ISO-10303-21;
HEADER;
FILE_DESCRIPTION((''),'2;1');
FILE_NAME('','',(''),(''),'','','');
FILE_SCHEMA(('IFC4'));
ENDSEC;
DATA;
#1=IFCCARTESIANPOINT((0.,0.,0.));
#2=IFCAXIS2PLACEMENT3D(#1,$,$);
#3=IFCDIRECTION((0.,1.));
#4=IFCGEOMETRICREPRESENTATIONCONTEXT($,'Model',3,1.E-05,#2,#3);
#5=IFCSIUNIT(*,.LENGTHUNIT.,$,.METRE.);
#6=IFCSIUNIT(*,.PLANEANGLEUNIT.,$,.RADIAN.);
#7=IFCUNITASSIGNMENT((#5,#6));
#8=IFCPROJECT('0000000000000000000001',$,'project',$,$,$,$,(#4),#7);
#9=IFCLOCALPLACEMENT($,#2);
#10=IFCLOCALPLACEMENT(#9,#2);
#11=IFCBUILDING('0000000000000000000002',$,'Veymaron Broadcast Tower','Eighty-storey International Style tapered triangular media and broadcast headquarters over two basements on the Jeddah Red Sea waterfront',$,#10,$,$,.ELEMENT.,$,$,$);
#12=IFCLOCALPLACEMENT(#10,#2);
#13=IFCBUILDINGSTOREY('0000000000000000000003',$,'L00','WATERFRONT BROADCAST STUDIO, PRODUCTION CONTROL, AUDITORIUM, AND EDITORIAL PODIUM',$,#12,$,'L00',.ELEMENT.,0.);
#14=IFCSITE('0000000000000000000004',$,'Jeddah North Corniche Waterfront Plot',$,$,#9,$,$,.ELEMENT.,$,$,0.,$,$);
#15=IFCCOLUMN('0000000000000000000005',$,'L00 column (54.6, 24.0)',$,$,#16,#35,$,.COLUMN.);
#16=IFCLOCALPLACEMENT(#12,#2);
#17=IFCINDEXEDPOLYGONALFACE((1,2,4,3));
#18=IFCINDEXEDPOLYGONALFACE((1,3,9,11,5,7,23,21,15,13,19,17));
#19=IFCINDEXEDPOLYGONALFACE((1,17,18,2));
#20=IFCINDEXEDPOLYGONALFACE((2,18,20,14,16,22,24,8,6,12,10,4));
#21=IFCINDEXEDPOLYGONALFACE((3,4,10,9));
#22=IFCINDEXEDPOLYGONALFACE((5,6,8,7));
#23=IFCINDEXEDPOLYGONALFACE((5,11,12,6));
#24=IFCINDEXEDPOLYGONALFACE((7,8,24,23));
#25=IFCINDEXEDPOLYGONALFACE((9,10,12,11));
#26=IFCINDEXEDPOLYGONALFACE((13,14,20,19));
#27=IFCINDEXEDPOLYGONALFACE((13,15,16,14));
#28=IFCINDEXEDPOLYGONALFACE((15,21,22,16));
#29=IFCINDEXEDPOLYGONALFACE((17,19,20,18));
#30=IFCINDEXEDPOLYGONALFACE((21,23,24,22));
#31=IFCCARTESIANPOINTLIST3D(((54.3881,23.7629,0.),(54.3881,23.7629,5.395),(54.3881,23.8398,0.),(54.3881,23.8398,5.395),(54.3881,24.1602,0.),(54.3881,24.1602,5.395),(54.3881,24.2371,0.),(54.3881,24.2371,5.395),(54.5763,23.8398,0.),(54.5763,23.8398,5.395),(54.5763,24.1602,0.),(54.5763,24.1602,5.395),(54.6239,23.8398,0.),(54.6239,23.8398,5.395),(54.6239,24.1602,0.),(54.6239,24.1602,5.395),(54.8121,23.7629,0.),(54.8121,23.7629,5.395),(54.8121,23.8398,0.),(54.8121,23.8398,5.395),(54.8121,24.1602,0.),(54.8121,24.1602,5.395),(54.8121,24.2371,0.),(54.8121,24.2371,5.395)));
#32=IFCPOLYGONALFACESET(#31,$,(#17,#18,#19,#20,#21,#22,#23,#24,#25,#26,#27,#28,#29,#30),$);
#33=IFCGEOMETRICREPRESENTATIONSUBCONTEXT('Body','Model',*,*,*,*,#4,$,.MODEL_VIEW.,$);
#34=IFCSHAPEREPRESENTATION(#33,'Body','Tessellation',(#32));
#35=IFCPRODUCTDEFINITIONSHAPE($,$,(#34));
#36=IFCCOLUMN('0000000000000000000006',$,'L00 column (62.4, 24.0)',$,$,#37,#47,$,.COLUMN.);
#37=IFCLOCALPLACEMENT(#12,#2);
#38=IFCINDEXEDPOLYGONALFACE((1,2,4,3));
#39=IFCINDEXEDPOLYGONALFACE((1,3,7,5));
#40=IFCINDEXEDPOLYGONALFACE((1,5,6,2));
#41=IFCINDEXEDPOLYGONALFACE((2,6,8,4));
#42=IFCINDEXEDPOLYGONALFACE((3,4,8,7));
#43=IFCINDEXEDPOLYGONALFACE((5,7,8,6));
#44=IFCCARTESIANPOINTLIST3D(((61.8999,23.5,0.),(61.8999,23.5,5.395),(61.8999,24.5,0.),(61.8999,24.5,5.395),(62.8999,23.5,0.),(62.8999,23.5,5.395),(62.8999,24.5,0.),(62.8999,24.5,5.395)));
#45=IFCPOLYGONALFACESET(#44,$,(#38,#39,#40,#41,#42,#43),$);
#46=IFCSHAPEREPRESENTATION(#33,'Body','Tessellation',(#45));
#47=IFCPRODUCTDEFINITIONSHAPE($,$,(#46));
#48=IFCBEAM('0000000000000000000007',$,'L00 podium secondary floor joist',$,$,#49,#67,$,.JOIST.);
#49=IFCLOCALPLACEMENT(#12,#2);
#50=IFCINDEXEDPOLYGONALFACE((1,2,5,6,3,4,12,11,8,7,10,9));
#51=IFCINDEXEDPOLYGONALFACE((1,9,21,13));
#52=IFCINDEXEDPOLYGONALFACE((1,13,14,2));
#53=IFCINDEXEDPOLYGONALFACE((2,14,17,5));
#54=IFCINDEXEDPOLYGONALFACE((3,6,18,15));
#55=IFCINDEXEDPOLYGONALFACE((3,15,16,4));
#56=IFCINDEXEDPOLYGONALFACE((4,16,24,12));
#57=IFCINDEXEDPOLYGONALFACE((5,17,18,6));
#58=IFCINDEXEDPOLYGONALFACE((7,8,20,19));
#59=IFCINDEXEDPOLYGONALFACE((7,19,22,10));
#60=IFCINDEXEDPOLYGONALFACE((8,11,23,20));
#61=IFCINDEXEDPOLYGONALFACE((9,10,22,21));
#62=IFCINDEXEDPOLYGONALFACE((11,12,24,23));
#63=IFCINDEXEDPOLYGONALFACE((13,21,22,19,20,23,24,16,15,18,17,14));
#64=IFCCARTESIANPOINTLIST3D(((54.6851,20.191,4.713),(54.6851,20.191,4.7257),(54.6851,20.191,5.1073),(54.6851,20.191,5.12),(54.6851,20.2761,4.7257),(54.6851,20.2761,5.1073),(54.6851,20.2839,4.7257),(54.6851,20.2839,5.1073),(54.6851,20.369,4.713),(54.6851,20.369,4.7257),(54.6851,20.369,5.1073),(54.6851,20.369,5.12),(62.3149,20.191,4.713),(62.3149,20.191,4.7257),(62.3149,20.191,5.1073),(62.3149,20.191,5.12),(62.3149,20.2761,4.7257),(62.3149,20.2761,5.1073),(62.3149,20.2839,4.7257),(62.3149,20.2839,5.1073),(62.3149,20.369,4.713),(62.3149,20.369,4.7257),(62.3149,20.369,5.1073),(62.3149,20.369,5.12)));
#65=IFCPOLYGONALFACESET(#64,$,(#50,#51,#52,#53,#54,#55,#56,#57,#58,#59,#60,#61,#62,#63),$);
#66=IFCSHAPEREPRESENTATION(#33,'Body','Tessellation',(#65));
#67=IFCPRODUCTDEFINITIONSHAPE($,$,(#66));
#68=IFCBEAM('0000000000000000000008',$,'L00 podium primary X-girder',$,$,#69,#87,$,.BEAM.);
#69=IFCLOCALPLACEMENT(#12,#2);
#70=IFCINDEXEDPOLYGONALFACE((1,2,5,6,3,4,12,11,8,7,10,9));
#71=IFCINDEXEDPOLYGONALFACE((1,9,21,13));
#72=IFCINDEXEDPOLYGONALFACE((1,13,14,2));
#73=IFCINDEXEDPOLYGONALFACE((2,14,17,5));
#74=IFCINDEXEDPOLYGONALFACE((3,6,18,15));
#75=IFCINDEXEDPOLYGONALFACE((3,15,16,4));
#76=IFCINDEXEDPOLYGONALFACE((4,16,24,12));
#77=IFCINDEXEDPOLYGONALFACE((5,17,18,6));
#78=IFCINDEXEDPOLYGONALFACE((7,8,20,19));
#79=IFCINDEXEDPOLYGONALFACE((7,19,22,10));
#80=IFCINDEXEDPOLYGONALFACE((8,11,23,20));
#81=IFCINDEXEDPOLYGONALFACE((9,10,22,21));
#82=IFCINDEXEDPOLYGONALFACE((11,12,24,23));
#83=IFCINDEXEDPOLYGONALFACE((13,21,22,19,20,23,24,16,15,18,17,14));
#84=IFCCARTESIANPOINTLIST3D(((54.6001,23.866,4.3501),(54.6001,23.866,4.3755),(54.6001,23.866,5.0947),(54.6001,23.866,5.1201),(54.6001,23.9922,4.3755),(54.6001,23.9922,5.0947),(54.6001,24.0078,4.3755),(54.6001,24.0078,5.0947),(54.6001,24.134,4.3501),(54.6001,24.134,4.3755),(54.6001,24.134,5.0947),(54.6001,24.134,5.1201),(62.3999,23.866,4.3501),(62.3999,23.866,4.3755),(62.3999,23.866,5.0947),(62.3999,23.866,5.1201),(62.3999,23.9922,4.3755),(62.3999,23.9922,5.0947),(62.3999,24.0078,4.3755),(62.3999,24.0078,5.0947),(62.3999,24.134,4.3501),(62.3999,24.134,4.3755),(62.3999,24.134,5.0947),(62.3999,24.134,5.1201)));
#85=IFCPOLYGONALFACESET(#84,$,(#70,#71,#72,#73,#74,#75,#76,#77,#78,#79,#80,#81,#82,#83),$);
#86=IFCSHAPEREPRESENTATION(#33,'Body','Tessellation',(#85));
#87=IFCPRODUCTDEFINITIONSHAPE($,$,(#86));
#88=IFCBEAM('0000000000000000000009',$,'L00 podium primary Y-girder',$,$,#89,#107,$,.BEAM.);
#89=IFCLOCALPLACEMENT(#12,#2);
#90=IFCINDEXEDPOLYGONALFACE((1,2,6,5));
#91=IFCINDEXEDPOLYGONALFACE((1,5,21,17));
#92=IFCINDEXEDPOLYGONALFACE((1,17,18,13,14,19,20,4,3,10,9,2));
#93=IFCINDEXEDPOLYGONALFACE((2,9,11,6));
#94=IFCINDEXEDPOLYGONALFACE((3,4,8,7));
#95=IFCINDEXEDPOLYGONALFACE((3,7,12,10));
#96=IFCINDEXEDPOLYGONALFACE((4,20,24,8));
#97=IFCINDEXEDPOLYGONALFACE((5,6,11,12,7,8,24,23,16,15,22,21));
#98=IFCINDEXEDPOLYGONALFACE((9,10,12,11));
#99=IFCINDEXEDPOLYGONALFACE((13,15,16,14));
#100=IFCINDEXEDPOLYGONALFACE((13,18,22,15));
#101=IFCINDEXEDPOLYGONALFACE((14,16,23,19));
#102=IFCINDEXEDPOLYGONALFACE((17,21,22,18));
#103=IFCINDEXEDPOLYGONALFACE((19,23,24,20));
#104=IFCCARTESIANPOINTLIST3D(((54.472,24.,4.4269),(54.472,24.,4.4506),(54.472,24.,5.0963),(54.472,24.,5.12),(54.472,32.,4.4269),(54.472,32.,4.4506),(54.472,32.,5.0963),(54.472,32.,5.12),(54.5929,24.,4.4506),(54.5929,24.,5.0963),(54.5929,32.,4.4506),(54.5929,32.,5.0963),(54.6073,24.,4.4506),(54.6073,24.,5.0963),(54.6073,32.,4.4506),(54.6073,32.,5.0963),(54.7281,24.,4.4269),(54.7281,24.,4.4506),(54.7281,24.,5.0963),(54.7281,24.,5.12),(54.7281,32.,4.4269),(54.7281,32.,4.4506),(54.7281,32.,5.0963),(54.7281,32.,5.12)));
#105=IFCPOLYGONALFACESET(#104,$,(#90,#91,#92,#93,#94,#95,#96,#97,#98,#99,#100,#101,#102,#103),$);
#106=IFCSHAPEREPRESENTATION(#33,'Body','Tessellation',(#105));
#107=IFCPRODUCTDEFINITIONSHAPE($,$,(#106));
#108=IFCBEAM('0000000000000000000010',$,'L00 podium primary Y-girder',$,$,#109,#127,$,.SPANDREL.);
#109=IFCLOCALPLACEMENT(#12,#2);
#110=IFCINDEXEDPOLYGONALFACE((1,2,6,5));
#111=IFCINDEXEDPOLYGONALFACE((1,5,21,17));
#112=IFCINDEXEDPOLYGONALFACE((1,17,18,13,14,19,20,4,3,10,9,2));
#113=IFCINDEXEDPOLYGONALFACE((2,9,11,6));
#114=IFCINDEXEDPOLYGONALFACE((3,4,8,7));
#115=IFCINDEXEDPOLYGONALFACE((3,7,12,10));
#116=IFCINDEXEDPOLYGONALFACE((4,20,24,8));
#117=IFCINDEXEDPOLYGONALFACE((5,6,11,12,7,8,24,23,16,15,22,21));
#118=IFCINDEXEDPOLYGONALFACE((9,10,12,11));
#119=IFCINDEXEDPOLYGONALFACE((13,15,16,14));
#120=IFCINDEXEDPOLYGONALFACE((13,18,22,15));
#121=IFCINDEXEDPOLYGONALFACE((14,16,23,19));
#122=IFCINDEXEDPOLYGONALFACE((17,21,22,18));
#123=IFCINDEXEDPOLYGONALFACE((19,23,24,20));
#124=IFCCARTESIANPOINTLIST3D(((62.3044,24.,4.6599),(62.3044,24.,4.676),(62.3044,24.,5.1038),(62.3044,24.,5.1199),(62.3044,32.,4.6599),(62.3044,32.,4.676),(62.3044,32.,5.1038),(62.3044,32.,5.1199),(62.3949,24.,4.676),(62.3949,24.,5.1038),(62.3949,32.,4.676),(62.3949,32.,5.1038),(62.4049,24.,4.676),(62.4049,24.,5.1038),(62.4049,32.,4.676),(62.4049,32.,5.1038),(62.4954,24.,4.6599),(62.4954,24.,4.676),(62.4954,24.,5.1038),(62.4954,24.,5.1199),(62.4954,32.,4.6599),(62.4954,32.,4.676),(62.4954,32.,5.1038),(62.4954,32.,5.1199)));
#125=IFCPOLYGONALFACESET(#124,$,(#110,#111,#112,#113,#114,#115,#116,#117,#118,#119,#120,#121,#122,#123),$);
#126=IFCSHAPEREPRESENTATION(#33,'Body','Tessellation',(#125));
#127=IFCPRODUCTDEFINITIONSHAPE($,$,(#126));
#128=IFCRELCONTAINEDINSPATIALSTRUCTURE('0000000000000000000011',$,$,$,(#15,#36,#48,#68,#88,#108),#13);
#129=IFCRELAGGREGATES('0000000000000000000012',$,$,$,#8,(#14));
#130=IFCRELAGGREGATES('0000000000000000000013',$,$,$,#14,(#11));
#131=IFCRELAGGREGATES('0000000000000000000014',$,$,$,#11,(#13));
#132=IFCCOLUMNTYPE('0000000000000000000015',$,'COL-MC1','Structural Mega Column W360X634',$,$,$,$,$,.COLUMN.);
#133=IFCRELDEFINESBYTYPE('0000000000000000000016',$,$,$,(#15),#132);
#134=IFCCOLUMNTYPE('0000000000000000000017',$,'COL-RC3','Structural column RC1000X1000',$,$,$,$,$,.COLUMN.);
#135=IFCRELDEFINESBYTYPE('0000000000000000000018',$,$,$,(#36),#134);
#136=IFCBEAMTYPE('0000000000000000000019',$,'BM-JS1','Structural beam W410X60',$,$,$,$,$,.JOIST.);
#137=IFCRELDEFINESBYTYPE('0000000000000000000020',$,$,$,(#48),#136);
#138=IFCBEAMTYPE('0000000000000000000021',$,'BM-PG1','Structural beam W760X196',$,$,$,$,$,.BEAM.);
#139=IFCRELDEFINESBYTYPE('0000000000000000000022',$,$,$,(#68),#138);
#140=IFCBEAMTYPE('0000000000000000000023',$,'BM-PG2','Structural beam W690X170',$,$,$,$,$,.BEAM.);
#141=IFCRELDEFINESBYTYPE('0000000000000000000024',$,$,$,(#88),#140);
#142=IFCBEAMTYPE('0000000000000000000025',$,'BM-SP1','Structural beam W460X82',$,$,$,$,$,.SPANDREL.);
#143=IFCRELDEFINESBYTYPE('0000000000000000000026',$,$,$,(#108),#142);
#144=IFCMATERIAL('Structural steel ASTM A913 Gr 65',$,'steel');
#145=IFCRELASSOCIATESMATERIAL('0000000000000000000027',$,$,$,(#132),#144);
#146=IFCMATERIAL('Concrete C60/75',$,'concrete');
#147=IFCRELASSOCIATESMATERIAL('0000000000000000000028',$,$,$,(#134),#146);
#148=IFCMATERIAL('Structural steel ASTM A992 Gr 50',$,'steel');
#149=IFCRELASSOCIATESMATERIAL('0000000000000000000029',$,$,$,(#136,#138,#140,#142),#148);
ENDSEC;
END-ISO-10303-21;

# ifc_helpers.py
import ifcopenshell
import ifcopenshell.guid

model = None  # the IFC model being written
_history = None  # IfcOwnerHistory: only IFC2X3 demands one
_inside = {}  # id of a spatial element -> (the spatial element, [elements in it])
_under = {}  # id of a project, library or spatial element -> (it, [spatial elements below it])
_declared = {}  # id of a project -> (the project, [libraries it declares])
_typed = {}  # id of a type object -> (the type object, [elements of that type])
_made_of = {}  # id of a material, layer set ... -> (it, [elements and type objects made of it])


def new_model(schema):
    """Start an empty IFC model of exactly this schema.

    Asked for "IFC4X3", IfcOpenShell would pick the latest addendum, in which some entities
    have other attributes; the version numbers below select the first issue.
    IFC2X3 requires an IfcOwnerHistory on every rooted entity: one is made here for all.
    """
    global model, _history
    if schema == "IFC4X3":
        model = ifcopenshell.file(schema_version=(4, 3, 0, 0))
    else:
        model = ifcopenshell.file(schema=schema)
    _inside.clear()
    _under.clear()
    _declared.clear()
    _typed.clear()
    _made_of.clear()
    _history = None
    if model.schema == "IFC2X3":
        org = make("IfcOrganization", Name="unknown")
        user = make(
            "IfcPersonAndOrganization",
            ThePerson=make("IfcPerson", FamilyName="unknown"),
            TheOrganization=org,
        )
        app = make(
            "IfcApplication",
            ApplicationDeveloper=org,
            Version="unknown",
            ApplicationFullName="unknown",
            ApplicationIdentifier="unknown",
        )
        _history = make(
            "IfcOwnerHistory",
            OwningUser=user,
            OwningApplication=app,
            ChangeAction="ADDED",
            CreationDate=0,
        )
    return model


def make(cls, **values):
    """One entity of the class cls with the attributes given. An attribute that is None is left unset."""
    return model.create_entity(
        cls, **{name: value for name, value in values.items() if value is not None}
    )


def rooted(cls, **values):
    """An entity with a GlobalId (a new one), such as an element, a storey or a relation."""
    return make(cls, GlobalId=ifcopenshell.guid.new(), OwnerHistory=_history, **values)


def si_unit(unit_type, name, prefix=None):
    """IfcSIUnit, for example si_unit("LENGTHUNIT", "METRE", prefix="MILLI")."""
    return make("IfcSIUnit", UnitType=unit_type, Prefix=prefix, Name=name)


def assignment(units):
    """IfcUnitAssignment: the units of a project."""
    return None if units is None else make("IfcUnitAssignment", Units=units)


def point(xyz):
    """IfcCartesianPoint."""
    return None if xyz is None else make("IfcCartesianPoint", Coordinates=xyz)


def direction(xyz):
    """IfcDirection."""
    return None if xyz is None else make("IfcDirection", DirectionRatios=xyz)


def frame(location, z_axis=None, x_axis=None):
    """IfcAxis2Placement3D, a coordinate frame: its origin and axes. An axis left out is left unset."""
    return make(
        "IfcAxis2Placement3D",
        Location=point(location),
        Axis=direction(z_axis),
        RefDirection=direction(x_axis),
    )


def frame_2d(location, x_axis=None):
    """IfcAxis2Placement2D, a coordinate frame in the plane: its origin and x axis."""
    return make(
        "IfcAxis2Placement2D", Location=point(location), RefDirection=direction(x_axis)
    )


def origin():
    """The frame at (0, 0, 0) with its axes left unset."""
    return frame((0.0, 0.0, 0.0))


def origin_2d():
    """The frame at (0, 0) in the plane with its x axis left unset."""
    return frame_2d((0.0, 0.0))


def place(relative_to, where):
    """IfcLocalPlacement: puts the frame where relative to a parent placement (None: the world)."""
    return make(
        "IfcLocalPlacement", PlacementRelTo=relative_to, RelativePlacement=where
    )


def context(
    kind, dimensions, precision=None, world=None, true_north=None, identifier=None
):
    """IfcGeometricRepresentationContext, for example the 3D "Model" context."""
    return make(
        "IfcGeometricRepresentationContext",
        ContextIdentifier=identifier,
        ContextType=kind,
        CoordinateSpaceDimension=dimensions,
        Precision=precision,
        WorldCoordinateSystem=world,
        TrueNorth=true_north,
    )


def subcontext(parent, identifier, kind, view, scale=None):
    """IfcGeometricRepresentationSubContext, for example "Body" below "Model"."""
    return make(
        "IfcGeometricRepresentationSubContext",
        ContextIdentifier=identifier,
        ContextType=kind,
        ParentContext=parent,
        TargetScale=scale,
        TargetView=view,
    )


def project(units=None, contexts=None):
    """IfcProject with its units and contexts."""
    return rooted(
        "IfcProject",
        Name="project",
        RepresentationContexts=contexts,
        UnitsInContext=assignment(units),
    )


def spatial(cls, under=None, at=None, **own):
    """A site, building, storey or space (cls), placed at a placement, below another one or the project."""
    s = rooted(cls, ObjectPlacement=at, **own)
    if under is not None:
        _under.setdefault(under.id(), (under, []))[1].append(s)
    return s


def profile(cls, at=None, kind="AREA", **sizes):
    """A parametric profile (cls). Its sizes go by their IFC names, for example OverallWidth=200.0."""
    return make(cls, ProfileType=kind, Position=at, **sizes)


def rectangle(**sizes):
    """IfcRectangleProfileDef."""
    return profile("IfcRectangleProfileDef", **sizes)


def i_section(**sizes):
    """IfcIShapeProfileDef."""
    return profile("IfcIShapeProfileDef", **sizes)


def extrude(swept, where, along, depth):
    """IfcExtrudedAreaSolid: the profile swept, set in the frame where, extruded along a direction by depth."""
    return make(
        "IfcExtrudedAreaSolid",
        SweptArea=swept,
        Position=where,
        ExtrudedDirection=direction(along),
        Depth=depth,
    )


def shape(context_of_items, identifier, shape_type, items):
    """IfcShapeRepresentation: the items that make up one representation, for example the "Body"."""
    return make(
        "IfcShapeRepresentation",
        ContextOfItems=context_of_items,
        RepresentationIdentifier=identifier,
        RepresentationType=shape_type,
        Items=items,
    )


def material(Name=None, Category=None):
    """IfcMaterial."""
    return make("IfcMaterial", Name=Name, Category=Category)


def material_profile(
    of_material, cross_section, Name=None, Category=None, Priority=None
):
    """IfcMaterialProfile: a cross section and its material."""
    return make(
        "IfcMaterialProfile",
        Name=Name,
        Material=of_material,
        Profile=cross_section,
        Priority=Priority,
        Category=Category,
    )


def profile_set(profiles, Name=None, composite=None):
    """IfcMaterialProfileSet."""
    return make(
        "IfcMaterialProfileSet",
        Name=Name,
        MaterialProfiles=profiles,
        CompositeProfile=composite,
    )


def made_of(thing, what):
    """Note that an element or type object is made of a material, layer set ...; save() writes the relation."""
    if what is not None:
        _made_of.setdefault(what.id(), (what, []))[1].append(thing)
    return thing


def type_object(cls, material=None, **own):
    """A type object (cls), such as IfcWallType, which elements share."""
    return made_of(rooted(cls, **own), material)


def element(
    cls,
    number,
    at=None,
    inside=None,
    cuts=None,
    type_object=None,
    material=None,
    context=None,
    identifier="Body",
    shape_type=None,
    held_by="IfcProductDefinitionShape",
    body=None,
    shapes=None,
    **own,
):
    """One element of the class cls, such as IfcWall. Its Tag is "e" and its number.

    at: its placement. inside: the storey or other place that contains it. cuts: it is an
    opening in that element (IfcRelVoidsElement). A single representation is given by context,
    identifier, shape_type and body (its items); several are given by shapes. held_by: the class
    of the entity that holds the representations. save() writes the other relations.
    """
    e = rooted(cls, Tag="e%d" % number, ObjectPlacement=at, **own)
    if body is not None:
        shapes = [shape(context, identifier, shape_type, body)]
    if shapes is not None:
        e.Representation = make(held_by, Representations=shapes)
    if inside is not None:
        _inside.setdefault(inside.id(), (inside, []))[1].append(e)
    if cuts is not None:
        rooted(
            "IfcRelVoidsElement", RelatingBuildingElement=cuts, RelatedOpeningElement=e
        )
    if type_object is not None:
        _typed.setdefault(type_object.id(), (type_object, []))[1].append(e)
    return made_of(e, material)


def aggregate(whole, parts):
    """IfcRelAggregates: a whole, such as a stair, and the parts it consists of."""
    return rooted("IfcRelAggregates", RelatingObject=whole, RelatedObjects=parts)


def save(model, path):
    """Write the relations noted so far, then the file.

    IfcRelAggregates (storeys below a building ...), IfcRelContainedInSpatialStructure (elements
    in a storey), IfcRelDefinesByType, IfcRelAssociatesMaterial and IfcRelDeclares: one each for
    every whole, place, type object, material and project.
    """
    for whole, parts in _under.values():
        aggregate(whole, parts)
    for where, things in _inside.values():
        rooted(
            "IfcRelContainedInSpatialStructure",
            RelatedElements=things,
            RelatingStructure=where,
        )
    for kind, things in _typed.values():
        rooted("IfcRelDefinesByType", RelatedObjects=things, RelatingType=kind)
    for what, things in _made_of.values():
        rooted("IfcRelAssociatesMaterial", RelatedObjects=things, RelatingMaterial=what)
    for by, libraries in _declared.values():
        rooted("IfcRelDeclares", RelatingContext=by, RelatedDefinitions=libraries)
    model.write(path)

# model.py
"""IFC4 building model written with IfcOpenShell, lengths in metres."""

from ifc_helpers import new_model, si_unit, direction, frame, origin, origin_2d, place, context, subcontext, project, spatial, rectangle, i_section, extrude, material, material_profile, profile_set, type_object, element, save


model = new_model("IFC4")

# Units and contexts
model_context = context("Model", 3, precision=1e-05, world=origin(), true_north=direction((0.0, 1.0)))
body_context = subcontext(model_context, "Body", "Model", "MODEL_VIEW")
ifc_project = project(units=[si_unit("LENGTHUNIT", "METRE"), si_unit("PLANEANGLEUNIT", "RADIAN")], contexts=[model_context])

# Site, building, storey
site_placement = place(None, origin())
site = spatial("IfcSite", under=ifc_project, at=site_placement, Name="Jeddah North Corniche Waterfront Plot", CompositionType="ELEMENT", RefElevation=0.0)
building_placement = place(site_placement, origin())
building = spatial("IfcBuilding", under=site, at=building_placement, Name="Veymaron Broadcast Tower", Description="Eighty-storey International Style tapered triangular media and broadcast headquarters over two basements on the Jeddah Red Sea waterfront", CompositionType="ELEMENT")
storey_placement = place(building_placement, origin())
storey = spatial("IfcBuildingStorey", under=building, at=storey_placement, Name="L00", Description="WATERFRONT BROADCAST STUDIO, PRODUCTION CONTROL, AUDITORIUM, AND EDITORIAL PODIUM", LongName="L00", CompositionType="ELEMENT", Elevation=0.0)

# Columns
ifc_material_1 = material(Name="Structural steel ASTM A913 Gr 65", Category="steel")
ifc_material_profile_1 = material_profile(ifc_material_1, i_section(OverallWidth=0.4241, OverallDepth=0.4741, WebThickness=0.0476, FlangeThickness=0.0769, at=origin_2d()), Name="W360X634")
ifc_profile_set_1 = profile_set([ifc_material_profile_1], Name="Structural steel ASTM A913 Gr 65")
column_type_1 = type_object("IfcColumnType", Name="COL-MC1", Description="Structural Mega Column W360X634", PredefinedType="COLUMN", material=ifc_profile_set_1)
column_1_placement = place(storey_placement, frame((54.6001, 24.0, 0.0), z_axis=(0.0, 0.0, 1.0), x_axis=(1.0, 0.0, 0.0)))
element("IfcColumn", 1, at=column_1_placement, inside=storey, type_object=column_type_1, Name="L00 column (54.6, 24.0)", PredefinedType="COLUMN", context=body_context, shape_type="SweptSolid", body=[
    extrude(i_section(OverallWidth=0.4241, OverallDepth=0.4741, WebThickness=0.0476, FlangeThickness=0.0769, at=origin_2d()), origin(), (0.0, 0.0, 1.0), 5.395),
])
ifc_material_2 = material(Name="Concrete C60/75", Category="concrete")
ifc_material_profile_2 = material_profile(ifc_material_2, rectangle(XDim=1.0, YDim=1.0, at=origin_2d()), Name="RC1000X1000")
ifc_profile_set_2 = profile_set([ifc_material_profile_2], Name="Concrete C60/75")
column_type_2 = type_object("IfcColumnType", Name="COL-RC3", Description="Structural column RC1000X1000", PredefinedType="COLUMN", material=ifc_profile_set_2)
column_2_placement = place(storey_placement, frame((62.3999, 24.0, 0.0), z_axis=(0.0, 0.0, 1.0), x_axis=(1.0, 0.0, 0.0)))
element("IfcColumn", 2, at=column_2_placement, inside=storey, type_object=column_type_2, Name="L00 column (62.4, 24.0)", PredefinedType="COLUMN", context=body_context, shape_type="SweptSolid", body=[
    extrude(rectangle(XDim=1.0, YDim=1.0, at=origin_2d()), origin(), (0.0, 0.0, 1.0), 5.395),
])

# Beams
ifc_material_3 = material(Name="Structural steel ASTM A992 Gr 50", Category="steel")
ifc_material_profile_3 = material_profile(ifc_material_3, i_section(OverallWidth=0.178, OverallDepth=0.407, WebThickness=0.0078, FlangeThickness=0.0127, at=origin_2d()), Name="W410X60")
ifc_profile_set_3 = profile_set([ifc_material_profile_3], Name="Structural steel ASTM A992 Gr 50")
beam_type_1 = type_object("IfcBeamType", Name="BM-JS1", Description="Structural beam W410X60", PredefinedType="JOIST", material=ifc_profile_set_3)
beam_1_placement = place(storey_placement, frame((54.6851, 20.28, 4.9165), z_axis=(1.0, 0.0, 0.0), x_axis=(0.0, 1.0, 0.0)))
element("IfcBeam", 3, at=beam_1_placement, inside=storey, type_object=beam_type_1, Name="L00 podium secondary floor joist", PredefinedType="JOIST", context=body_context, shape_type="SweptSolid", body=[
    extrude(i_section(OverallWidth=0.178, OverallDepth=0.407, WebThickness=0.0078, FlangeThickness=0.0127, at=origin_2d()), origin(), (0.0, 0.0, 1.0), 7.6299),
])
ifc_material_profile_4 = material_profile(ifc_material_3, i_section(OverallWidth=0.2681, OverallDepth=0.77, WebThickness=0.0156, FlangeThickness=0.0254, at=origin_2d()), Name="W760X196")
ifc_profile_set_4 = profile_set([ifc_material_profile_4], Name="Structural steel ASTM A992 Gr 50")
beam_type_2 = type_object("IfcBeamType", Name="BM-PG1", Description="Structural beam W760X196", PredefinedType="BEAM", material=ifc_profile_set_4)
beam_2_placement = place(storey_placement, frame((54.6001, 24.0, 4.7351), z_axis=(1.0, 0.0, 0.0), x_axis=(0.0, 1.0, 0.0)))
element("IfcBeam", 4, at=beam_2_placement, inside=storey, type_object=beam_type_2, Name="L00 podium primary X-girder", PredefinedType="BEAM", context=body_context, shape_type="SweptSolid", body=[
    extrude(i_section(OverallWidth=0.2681, OverallDepth=0.77, WebThickness=0.0156, FlangeThickness=0.0254, at=origin_2d()), origin(), (0.0, 0.0, 1.0), 7.7998),
])
ifc_material_profile_5 = material_profile(ifc_material_3, i_section(OverallWidth=0.2561, OverallDepth=0.6931, WebThickness=0.0144, FlangeThickness=0.0237, at=origin_2d()), Name="W690X170")
ifc_profile_set_5 = profile_set([ifc_material_profile_5], Name="Structural steel ASTM A992 Gr 50")
beam_type_3 = type_object("IfcBeamType", Name="BM-PG2", Description="Structural beam W690X170", PredefinedType="BEAM", material=ifc_profile_set_5)
beam_3_placement = place(storey_placement, frame((54.6001, 24.0, 4.7734), z_axis=(0.0, 1.0, 0.0), x_axis=(-1.0, 0.0, 0.0)))
element("IfcBeam", 5, at=beam_3_placement, inside=storey, type_object=beam_type_3, Name="L00 podium primary Y-girder", PredefinedType="BEAM", context=body_context, shape_type="SweptSolid", body=[
    extrude(i_section(OverallWidth=0.2561, OverallDepth=0.6931, WebThickness=0.0144, FlangeThickness=0.0237, at=origin_2d()), origin(), (0.0, 0.0, 1.0), 8.0),
])
ifc_material_profile_6 = material_profile(ifc_material_3, i_section(OverallWidth=0.1909, OverallDepth=0.46, WebThickness=0.01, FlangeThickness=0.0161, at=origin_2d()), Name="W460X82")
ifc_profile_set_6 = profile_set([ifc_material_profile_6], Name="Structural steel ASTM A992 Gr 50")
beam_type_4 = type_object("IfcBeamType", Name="BM-SP1", Description="Structural beam W460X82", PredefinedType="SPANDREL", material=ifc_profile_set_6)
beam_4_placement = place(storey_placement, frame((62.3999, 24.0, 4.8899), z_axis=(0.0, 1.0, 0.0), x_axis=(-1.0, 0.0, 0.0)))
element("IfcBeam", 6, at=beam_4_placement, inside=storey, type_object=beam_type_4, Name="L00 podium primary Y-girder", PredefinedType="SPANDREL", context=body_context, shape_type="SweptSolid", body=[
    extrude(i_section(OverallWidth=0.1909, OverallDepth=0.46, WebThickness=0.01, FlangeThickness=0.0161, at=origin_2d()), origin(), (0.0, 0.0, 1.0), 8.0),
])

save(model, "model.ifc")
